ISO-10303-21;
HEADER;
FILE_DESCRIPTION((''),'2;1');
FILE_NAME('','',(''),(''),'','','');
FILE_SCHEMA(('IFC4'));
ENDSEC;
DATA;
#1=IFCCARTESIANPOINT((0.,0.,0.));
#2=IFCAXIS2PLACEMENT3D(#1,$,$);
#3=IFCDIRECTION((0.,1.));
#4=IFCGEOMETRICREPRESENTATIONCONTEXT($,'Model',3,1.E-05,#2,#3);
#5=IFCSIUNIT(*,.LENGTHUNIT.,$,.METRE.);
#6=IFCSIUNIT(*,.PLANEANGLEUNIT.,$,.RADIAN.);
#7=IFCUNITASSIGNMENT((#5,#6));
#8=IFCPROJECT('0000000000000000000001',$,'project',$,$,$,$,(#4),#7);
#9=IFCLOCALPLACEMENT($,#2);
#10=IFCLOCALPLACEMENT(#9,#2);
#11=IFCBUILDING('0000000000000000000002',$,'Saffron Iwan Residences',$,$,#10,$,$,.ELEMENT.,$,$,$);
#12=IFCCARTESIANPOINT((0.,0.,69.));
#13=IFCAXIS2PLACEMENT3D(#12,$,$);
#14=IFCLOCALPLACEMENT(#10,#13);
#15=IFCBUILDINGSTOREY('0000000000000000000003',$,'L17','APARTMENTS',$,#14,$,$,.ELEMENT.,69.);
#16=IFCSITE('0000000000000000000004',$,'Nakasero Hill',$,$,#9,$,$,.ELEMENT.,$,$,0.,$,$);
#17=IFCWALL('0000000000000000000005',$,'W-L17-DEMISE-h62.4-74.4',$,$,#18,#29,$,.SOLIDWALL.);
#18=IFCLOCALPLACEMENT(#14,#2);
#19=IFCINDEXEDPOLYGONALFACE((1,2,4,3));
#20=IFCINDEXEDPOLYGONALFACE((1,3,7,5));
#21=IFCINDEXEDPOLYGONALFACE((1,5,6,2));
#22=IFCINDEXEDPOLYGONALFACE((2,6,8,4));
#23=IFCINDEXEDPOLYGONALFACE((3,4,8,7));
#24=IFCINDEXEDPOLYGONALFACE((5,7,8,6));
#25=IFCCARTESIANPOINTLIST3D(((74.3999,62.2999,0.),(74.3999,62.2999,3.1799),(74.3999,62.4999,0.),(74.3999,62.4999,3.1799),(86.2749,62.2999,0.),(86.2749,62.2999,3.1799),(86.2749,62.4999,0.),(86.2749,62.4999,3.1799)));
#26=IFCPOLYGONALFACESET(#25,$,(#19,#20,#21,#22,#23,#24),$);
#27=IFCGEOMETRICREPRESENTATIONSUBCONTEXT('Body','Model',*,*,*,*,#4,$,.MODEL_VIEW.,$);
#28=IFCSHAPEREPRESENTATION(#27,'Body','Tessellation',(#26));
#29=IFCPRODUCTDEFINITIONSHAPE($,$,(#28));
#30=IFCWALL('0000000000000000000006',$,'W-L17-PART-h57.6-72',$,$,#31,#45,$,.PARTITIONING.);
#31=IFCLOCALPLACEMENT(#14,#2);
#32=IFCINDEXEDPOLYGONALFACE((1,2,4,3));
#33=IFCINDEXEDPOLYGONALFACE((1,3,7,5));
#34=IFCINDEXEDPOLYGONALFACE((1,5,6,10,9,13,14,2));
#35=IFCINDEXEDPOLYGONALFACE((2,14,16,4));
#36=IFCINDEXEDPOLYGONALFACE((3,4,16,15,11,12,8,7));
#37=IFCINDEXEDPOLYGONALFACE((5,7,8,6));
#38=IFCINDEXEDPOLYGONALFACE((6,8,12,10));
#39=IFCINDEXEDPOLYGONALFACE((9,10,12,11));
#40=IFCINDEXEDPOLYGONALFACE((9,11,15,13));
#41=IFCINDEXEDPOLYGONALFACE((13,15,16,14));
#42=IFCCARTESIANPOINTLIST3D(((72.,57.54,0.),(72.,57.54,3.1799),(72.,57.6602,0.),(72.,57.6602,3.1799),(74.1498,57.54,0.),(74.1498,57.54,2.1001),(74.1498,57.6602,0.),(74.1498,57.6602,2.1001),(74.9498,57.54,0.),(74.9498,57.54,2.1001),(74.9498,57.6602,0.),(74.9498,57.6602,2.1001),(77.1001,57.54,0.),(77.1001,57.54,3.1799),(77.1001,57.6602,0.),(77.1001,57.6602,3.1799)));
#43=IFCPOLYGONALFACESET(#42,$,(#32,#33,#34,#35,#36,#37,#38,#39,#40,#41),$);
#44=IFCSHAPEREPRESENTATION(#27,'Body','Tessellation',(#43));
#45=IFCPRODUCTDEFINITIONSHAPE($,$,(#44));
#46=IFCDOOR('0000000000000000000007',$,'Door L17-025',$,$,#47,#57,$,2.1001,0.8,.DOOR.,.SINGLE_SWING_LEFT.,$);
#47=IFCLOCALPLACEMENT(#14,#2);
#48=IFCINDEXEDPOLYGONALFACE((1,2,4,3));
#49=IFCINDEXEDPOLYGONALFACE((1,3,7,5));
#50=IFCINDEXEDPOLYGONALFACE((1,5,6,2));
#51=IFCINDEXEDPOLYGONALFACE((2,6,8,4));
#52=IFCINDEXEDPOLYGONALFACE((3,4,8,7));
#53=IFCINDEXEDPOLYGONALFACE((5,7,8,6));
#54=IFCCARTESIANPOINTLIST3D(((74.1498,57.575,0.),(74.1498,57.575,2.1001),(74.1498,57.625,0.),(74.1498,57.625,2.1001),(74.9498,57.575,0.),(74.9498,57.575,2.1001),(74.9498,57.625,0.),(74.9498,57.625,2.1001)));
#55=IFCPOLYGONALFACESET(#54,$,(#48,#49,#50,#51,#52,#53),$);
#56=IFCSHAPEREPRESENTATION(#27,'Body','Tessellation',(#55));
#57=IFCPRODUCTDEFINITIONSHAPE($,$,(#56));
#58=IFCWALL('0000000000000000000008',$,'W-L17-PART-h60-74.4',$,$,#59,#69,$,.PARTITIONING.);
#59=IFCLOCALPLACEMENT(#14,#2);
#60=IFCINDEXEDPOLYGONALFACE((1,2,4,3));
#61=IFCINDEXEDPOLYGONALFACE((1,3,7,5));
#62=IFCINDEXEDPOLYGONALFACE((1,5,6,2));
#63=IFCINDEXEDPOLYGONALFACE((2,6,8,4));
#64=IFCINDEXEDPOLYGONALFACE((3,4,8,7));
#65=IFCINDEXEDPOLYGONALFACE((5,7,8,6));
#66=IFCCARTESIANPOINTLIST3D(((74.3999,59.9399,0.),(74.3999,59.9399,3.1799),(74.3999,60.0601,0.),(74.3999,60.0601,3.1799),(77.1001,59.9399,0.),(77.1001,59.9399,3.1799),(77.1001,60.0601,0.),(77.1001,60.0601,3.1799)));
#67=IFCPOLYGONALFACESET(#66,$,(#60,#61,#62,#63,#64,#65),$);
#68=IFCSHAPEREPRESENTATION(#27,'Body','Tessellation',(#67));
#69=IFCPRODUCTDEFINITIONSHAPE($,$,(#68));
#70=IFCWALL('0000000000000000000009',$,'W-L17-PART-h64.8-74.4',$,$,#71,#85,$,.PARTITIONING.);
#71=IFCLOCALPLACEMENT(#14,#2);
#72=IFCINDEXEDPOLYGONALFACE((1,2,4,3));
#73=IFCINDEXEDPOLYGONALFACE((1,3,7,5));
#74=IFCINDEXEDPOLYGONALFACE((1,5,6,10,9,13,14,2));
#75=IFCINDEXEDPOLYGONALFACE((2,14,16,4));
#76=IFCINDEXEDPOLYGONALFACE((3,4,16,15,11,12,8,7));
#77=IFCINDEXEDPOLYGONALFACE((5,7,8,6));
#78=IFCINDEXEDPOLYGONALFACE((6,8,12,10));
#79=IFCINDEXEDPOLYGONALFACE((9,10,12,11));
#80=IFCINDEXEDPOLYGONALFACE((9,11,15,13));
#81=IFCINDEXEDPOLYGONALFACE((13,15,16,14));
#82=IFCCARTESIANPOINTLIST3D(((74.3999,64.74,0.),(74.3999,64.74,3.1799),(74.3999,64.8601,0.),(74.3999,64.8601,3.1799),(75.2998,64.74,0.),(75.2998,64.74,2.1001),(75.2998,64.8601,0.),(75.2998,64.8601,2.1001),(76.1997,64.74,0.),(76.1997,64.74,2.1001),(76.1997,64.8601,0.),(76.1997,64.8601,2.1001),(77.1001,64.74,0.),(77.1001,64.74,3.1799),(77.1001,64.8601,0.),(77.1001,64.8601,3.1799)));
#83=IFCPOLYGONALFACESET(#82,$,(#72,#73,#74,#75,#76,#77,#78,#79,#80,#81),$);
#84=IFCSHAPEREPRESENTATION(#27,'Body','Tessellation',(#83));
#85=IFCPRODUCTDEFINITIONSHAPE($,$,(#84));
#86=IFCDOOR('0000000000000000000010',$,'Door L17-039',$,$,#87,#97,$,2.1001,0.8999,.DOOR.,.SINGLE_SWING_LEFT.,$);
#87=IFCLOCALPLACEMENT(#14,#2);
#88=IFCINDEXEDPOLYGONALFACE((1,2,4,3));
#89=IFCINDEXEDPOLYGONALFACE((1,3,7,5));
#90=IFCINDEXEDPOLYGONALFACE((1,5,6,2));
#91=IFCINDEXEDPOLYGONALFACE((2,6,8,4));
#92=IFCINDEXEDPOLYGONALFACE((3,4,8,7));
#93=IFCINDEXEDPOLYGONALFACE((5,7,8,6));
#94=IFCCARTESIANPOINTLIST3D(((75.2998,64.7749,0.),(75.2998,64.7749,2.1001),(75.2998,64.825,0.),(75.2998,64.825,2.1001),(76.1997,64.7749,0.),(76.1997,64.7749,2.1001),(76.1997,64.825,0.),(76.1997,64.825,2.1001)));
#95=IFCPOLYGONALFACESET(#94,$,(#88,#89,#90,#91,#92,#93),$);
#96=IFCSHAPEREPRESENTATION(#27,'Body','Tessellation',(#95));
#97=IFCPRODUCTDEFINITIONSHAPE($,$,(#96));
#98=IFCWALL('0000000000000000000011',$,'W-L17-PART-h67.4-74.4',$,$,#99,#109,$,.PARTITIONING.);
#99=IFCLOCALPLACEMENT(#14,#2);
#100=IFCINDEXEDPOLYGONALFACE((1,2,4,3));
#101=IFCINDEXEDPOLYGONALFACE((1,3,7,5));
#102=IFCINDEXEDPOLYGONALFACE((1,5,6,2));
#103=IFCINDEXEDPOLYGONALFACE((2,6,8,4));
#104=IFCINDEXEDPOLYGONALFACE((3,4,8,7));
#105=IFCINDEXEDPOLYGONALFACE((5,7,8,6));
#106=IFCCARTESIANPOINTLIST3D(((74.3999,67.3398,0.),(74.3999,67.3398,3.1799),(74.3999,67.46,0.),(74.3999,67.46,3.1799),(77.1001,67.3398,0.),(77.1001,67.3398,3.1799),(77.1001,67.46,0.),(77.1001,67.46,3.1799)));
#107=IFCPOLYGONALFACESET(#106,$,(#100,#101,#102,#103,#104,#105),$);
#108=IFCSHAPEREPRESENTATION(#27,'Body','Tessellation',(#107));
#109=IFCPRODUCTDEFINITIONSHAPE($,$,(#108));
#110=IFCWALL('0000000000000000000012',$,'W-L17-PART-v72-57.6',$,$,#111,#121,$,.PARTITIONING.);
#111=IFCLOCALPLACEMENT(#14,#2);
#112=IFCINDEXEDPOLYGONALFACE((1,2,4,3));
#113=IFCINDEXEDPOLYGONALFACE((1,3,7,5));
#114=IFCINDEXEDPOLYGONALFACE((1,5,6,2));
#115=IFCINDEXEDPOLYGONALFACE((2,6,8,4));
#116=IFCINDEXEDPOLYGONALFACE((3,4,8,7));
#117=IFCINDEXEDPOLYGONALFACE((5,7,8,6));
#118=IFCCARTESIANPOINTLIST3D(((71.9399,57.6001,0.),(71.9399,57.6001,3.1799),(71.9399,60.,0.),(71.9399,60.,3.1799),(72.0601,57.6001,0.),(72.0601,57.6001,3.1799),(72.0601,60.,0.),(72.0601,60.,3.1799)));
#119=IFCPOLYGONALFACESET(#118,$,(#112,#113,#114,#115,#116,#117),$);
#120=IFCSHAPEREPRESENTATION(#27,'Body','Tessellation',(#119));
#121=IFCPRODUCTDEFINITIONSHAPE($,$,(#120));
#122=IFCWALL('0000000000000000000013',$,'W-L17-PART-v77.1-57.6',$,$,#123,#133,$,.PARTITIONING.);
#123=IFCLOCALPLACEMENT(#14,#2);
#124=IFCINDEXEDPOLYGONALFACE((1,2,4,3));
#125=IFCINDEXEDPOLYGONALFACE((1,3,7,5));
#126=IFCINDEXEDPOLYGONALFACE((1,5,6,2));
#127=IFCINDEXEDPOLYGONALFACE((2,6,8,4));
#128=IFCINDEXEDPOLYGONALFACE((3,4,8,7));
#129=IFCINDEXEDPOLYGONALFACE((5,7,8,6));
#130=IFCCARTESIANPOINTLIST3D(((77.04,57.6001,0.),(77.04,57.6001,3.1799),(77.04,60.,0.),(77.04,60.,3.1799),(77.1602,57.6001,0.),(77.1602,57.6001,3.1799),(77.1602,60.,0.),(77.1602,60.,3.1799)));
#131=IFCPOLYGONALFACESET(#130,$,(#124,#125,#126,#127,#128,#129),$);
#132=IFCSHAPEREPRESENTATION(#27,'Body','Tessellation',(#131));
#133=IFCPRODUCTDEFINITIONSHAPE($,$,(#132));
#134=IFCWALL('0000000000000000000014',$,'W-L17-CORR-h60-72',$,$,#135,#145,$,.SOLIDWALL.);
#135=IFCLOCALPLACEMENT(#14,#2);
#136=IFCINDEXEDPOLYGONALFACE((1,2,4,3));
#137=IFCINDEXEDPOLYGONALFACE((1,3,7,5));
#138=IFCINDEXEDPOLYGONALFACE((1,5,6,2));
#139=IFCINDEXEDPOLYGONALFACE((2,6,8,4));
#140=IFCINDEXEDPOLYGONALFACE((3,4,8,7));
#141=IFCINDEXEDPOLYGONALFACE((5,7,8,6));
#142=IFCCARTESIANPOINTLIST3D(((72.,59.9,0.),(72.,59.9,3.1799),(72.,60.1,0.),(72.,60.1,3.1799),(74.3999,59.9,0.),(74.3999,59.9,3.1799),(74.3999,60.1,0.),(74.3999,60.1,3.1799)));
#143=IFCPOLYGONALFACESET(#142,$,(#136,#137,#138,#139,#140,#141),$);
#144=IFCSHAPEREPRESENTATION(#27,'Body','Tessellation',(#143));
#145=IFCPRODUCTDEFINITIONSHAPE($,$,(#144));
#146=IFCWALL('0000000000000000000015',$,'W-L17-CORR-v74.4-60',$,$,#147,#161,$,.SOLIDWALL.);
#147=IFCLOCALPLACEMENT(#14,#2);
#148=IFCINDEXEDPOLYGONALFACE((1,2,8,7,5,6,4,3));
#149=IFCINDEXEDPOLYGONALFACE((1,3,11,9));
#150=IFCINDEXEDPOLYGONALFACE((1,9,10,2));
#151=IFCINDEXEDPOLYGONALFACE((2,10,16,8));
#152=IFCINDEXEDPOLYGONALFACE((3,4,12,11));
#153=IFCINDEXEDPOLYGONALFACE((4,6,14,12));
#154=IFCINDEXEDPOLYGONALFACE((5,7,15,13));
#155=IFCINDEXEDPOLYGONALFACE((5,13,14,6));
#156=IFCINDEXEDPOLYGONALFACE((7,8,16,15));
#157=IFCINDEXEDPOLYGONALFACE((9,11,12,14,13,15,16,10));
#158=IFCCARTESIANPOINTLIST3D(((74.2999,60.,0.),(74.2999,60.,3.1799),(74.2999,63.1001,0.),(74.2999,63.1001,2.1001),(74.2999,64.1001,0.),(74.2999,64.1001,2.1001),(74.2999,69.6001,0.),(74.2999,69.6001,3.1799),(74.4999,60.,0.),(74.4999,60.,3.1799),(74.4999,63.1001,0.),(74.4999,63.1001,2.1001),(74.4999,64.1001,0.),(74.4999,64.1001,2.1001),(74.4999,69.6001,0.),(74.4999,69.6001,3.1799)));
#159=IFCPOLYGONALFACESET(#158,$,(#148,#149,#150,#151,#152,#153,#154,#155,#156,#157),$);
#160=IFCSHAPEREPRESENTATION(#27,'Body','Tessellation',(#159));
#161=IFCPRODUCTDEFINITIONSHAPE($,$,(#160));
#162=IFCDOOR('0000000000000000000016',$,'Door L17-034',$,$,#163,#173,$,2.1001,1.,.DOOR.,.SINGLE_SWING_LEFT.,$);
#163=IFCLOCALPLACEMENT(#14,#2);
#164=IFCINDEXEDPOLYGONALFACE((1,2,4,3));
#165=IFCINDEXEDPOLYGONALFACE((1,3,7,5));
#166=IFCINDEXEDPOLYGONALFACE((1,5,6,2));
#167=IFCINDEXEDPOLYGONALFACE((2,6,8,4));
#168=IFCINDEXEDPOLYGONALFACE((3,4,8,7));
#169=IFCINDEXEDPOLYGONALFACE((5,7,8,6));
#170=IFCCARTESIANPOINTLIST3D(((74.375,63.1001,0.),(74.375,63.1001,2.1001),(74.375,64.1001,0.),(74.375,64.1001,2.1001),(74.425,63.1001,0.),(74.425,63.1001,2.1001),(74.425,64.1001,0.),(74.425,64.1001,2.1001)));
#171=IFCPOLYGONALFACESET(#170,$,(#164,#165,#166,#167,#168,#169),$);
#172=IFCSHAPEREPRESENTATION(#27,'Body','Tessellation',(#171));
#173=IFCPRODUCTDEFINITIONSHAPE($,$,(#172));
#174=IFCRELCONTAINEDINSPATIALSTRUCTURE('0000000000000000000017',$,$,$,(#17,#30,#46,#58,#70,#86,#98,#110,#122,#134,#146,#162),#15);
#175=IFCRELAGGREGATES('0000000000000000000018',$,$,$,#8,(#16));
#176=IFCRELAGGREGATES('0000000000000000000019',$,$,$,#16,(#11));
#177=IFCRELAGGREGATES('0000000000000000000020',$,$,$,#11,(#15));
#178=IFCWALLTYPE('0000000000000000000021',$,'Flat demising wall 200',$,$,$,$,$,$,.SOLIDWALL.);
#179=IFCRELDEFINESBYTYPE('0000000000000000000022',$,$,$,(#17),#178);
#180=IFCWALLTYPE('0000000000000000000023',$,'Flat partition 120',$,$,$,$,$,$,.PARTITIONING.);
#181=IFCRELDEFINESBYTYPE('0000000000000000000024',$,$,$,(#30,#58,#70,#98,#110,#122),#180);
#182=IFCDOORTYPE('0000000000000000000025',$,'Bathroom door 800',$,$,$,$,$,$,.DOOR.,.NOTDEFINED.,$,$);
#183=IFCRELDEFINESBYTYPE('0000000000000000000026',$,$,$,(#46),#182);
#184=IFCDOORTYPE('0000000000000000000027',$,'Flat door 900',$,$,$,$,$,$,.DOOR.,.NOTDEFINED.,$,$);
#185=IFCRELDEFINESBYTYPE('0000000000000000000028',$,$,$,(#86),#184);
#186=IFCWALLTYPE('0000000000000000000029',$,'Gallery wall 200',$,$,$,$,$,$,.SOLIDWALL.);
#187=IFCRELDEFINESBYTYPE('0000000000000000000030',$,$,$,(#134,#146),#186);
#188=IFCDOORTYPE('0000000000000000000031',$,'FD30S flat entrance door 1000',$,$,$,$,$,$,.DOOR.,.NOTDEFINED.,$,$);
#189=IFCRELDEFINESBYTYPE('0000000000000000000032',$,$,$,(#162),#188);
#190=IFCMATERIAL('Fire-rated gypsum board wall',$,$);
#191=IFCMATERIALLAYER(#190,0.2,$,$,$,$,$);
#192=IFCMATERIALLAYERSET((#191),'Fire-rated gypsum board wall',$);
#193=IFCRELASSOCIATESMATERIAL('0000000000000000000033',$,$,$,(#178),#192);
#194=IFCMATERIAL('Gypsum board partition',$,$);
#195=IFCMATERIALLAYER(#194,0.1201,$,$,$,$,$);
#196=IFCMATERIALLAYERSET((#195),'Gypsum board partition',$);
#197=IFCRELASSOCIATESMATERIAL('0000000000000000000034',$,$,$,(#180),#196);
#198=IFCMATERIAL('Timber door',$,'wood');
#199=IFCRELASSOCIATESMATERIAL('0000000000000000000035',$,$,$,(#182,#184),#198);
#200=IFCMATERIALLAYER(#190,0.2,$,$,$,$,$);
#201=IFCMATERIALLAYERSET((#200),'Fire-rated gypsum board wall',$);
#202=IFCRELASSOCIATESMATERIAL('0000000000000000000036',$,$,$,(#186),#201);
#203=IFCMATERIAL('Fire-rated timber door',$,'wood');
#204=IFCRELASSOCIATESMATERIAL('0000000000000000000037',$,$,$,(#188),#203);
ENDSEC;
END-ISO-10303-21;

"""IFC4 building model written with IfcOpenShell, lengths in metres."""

from ifc_helpers import new_model, si_unit, direction, frame, frame_2d, origin, place, context, subcontext, project, spatial, rectangle, extrude, material, layer, layer_set, type_object, element, fill, save


model = new_model("IFC4")

# Units and contexts
model_context = context("Model", 3, precision=1e-05, world=origin(), true_north=direction((0.0, 1.0)))
body_context = subcontext(model_context, "Body", "Model", "MODEL_VIEW")
ifc_project = project(units=[si_unit("LENGTHUNIT", "METRE"), si_unit("PLANEANGLEUNIT", "RADIAN")], contexts=[model_context])

# Site, building, storey
site_placement = place(None, origin())
site = spatial("IfcSite", under=ifc_project, at=site_placement, Name="Nakasero Hill", CompositionType="ELEMENT", RefElevation=0.0)
building_placement = place(site_placement, origin())
building = spatial("IfcBuilding", under=site, at=building_placement, Name="Saffron Iwan Residences", CompositionType="ELEMENT")
storey_placement = place(building_placement, frame((0.0, 0.0, 69.0)))
storey = spatial("IfcBuildingStorey", under=building, at=storey_placement, Name="L17", Description="APARTMENTS", CompositionType="ELEMENT", Elevation=69.0)

# Wall
ifc_material_1 = material(Name="Fire-rated gypsum board wall")
ifc_layer_1 = layer(ifc_material_1, 0.2)
ifc_layer_set_1 = layer_set([ifc_layer_1], Name="Fire-rated gypsum board wall")
wall_type_1 = type_object("IfcWallType", Name="Flat demising wall 200", PredefinedType="SOLIDWALL", material=ifc_layer_set_1)
wall_1_placement = place(storey_placement, frame((74.3999, 62.3999, 0.0), z_axis=(0.0, 0.0, 1.0), x_axis=(1.0, 0.0, 0.0)))
element("IfcWall", 1, at=wall_1_placement, inside=storey, type_object=wall_type_1, Name="W-L17-DEMISE-h62.4-74.4", PredefinedType="SOLIDWALL", context=body_context, shape_type="SweptSolid", body=[
    extrude(rectangle(XDim=11.875, YDim=0.2, at=frame_2d((5.9375, 0.0))), origin(), (0.0, 0.0, 1.0), 3.1799),
])

# Wall, opening, door
ifc_material_2 = material(Name="Gypsum board partition")
ifc_layer_2 = layer(ifc_material_2, 0.1201)
ifc_layer_set_2 = layer_set([ifc_layer_2], Name="Gypsum board partition")
wall_type_2 = type_object("IfcWallType", Name="Flat partition 120", PredefinedType="PARTITIONING", material=ifc_layer_set_2)
wall_2_placement = place(storey_placement, frame((72.0, 57.6001, 0.0), z_axis=(0.0, 0.0, 1.0), x_axis=(1.0, 0.0, 0.0)))
wall_2 = element("IfcWall", 2, at=wall_2_placement, inside=storey, type_object=wall_type_2, Name="W-L17-PART-h57.6-72", PredefinedType="PARTITIONING", context=body_context, shape_type="SweptSolid", body=[
    extrude(rectangle(XDim=5.1001, YDim=0.1201, at=frame_2d((2.55, 0.0))), origin(), (0.0, 0.0, 1.0), 3.1799),
])
opening_1_placement = place(wall_2_placement, frame((2.1499, 0.0, 0.0)))
opening_1 = element("IfcOpeningElement", 3, at=opening_1_placement, cuts=wall_2, PredefinedType="OPENING", context=body_context, shape_type="SweptSolid", body=[
    extrude(rectangle(XDim=0.8, YDim=2.1001, at=frame_2d((0.3999, 1.05))), frame((0.0, 0.0701, 0.0), z_axis=(0.0, -1.0, 0.0), x_axis=(1.0, 0.0, 0.0)), (0.0, 0.0, 1.0), 0.1401),
])
ifc_material_3 = material(Name="Timber door", Category="wood")
door_type_1 = type_object("IfcDoorType", Name="Bathroom door 800", OperationType="NOTDEFINED", PredefinedType="DOOR", material=ifc_material_3)
door_1_placement = place(opening_1_placement, origin())
door_1 = element("IfcDoor", 4, at=door_1_placement, inside=storey, type_object=door_type_1, Name="Door L17-025", OperationType="SINGLE_SWING_LEFT", OverallHeight=2.1001, OverallWidth=0.8, PredefinedType="DOOR", context=body_context, shape_type="SweptSolid", body=[
    extrude(rectangle(XDim=0.8, YDim=2.1001, at=frame_2d((0.3999, 1.05))), frame((0.0, 0.0249, 0.0), z_axis=(0.0, -1.0, 0.0), x_axis=(1.0, 0.0, 0.0)), (0.0, 0.0, 1.0), 0.05),
])
fill(opening_1, door_1)

# Wall
wall_3_placement = place(storey_placement, frame((74.3999, 60.0, 0.0), z_axis=(0.0, 0.0, 1.0), x_axis=(1.0, 0.0, 0.0)))
element("IfcWall", 5, at=wall_3_placement, inside=storey, type_object=wall_type_2, Name="W-L17-PART-h60-74.4", PredefinedType="PARTITIONING", context=body_context, shape_type="SweptSolid", body=[
    extrude(rectangle(XDim=2.7002, YDim=0.1201, at=frame_2d((1.3501, 0.0))), origin(), (0.0, 0.0, 1.0), 3.1799),
])

# Wall, opening, door
wall_4_placement = place(storey_placement, frame((74.3999, 64.8, 0.0), z_axis=(0.0, 0.0, 1.0), x_axis=(1.0, 0.0, 0.0)))
wall_4 = element("IfcWall", 6, at=wall_4_placement, inside=storey, type_object=wall_type_2, Name="W-L17-PART-h64.8-74.4", PredefinedType="PARTITIONING", context=body_context, shape_type="SweptSolid", body=[
    extrude(rectangle(XDim=2.7002, YDim=0.1201, at=frame_2d((1.3501, 0.0))), origin(), (0.0, 0.0, 1.0), 3.1799),
])
opening_2_placement = place(wall_4_placement, frame((0.8999, 0.0, 0.0)))
opening_2 = element("IfcOpeningElement", 7, at=opening_2_placement, cuts=wall_4, PredefinedType="OPENING", context=body_context, shape_type="SweptSolid", body=[
    extrude(rectangle(XDim=0.8999, YDim=2.1001, at=frame_2d((0.45, 1.05))), frame((0.0, 0.0701, 0.0), z_axis=(0.0, -1.0, 0.0), x_axis=(1.0, 0.0, 0.0)), (0.0, 0.0, 1.0), 0.1401),
])
door_type_2 = type_object("IfcDoorType", Name="Flat door 900", OperationType="NOTDEFINED", PredefinedType="DOOR", material=ifc_material_3)
door_2_placement = place(opening_2_placement, origin())
door_2 = element("IfcDoor", 8, at=door_2_placement, inside=storey, type_object=door_type_2, Name="Door L17-039", OperationType="SINGLE_SWING_LEFT", OverallHeight=2.1001, OverallWidth=0.8999, PredefinedType="DOOR", context=body_context, shape_type="SweptSolid", body=[
    extrude(rectangle(XDim=0.8999, YDim=2.1001, at=frame_2d((0.45, 1.05))), frame((0.0, 0.0249, 0.0), z_axis=(0.0, -1.0, 0.0), x_axis=(1.0, 0.0, 0.0)), (0.0, 0.0, 1.0), 0.05),
])
fill(opening_2, door_2)

# Walls
wall_5_placement = place(storey_placement, frame((74.3999, 67.3999, 0.0), z_axis=(0.0, 0.0, 1.0), x_axis=(1.0, 0.0, 0.0)))
element("IfcWall", 9, at=wall_5_placement, inside=storey, type_object=wall_type_2, Name="W-L17-PART-h67.4-74.4", PredefinedType="PARTITIONING", context=body_context, shape_type="SweptSolid", body=[
    extrude(rectangle(XDim=2.7002, YDim=0.1201, at=frame_2d((1.3501, 0.0))), origin(), (0.0, 0.0, 1.0), 3.1799),
])
for number, where, z_axis, x_axis, name in (
    (10, (72.0, 57.6001, 0.0), (0.0, 0.0, 1.0), (0.0, 1.0, 0.0), "W-L17-PART-v72-57.6"),
    (11, (77.1001, 57.6001, 0.0), (0.0, 0.0, 1.0), (0.0, 1.0, 0.0), "W-L17-PART-v77.1-57.6"),
):
    element("IfcWall", number, at=place(storey_placement, frame(where, z_axis=z_axis, x_axis=x_axis)), inside=storey, type_object=wall_type_2, Name=name, PredefinedType="PARTITIONING", context=body_context, shape_type="SweptSolid", body=[
        extrude(rectangle(XDim=2.3999, YDim=0.1201, at=frame_2d((1.2, 0.0))), origin(), (0.0, 0.0, 1.0), 3.1799),
    ])
ifc_layer_3 = layer(ifc_material_1, 0.2)
ifc_layer_set_3 = layer_set([ifc_layer_3], Name="Fire-rated gypsum board wall")
wall_type_3 = type_object("IfcWallType", Name="Gallery wall 200", PredefinedType="SOLIDWALL", material=ifc_layer_set_3)
wall_6_placement = place(storey_placement, frame((72.0, 60.0, 0.0), z_axis=(0.0, 0.0, 1.0), x_axis=(1.0, 0.0, 0.0)))
element("IfcWall", 12, at=wall_6_placement, inside=storey, type_object=wall_type_3, Name="W-L17-CORR-h60-72", PredefinedType="SOLIDWALL", context=body_context, shape_type="SweptSolid", body=[
    extrude(rectangle(XDim=2.3999, YDim=0.2, at=frame_2d((1.2, 0.0))), origin(), (0.0, 0.0, 1.0), 3.1799),
])

# Wall, opening, door
wall_7_placement = place(storey_placement, frame((74.3999, 60.0, 0.0), z_axis=(0.0, 0.0, 1.0), x_axis=(0.0, 1.0, 0.0)))
wall_7 = element("IfcWall", 13, at=wall_7_placement, inside=storey, type_object=wall_type_3, Name="W-L17-CORR-v74.4-60", PredefinedType="SOLIDWALL", context=body_context, shape_type="SweptSolid", body=[
    extrude(rectangle(XDim=9.6001, YDim=0.2, at=frame_2d((4.8, 0.0))), origin(), (0.0, 0.0, 1.0), 3.1799),
])
opening_3_placement = place(wall_7_placement, frame((3.1001, 0.0, 0.0)))
opening_3 = element("IfcOpeningElement", 14, at=opening_3_placement, cuts=wall_7, PredefinedType="OPENING", context=body_context, shape_type="SweptSolid", body=[
    extrude(rectangle(XDim=1.0, YDim=2.1001, at=frame_2d((0.5, 1.05))), frame((0.0, 0.1099, 0.0), z_axis=(0.0, -1.0, 0.0), x_axis=(1.0, 0.0, 0.0)), (0.0, 0.0, 1.0), 0.22),
])
ifc_material_4 = material(Name="Fire-rated timber door", Category="wood")
door_type_3 = type_object("IfcDoorType", Name="FD30S flat entrance door 1000", OperationType="NOTDEFINED", PredefinedType="DOOR", material=ifc_material_4)
door_3_placement = place(opening_3_placement, origin())
door_3 = element("IfcDoor", 15, at=door_3_placement, inside=storey, type_object=door_type_3, Name="Door L17-034", OperationType="SINGLE_SWING_LEFT", OverallHeight=2.1001, OverallWidth=1.0, PredefinedType="DOOR", context=body_context, shape_type="SweptSolid", body=[
    extrude(rectangle(XDim=1.0, YDim=2.1001, at=frame_2d((0.5, 1.05))), frame((0.0, 0.0249, 0.0), z_axis=(0.0, -1.0, 0.0), x_axis=(1.0, 0.0, 0.0)), (0.0, 0.0, 1.0), 0.05),
])
fill(opening_3, door_3)

save(model, "model.ifc")
